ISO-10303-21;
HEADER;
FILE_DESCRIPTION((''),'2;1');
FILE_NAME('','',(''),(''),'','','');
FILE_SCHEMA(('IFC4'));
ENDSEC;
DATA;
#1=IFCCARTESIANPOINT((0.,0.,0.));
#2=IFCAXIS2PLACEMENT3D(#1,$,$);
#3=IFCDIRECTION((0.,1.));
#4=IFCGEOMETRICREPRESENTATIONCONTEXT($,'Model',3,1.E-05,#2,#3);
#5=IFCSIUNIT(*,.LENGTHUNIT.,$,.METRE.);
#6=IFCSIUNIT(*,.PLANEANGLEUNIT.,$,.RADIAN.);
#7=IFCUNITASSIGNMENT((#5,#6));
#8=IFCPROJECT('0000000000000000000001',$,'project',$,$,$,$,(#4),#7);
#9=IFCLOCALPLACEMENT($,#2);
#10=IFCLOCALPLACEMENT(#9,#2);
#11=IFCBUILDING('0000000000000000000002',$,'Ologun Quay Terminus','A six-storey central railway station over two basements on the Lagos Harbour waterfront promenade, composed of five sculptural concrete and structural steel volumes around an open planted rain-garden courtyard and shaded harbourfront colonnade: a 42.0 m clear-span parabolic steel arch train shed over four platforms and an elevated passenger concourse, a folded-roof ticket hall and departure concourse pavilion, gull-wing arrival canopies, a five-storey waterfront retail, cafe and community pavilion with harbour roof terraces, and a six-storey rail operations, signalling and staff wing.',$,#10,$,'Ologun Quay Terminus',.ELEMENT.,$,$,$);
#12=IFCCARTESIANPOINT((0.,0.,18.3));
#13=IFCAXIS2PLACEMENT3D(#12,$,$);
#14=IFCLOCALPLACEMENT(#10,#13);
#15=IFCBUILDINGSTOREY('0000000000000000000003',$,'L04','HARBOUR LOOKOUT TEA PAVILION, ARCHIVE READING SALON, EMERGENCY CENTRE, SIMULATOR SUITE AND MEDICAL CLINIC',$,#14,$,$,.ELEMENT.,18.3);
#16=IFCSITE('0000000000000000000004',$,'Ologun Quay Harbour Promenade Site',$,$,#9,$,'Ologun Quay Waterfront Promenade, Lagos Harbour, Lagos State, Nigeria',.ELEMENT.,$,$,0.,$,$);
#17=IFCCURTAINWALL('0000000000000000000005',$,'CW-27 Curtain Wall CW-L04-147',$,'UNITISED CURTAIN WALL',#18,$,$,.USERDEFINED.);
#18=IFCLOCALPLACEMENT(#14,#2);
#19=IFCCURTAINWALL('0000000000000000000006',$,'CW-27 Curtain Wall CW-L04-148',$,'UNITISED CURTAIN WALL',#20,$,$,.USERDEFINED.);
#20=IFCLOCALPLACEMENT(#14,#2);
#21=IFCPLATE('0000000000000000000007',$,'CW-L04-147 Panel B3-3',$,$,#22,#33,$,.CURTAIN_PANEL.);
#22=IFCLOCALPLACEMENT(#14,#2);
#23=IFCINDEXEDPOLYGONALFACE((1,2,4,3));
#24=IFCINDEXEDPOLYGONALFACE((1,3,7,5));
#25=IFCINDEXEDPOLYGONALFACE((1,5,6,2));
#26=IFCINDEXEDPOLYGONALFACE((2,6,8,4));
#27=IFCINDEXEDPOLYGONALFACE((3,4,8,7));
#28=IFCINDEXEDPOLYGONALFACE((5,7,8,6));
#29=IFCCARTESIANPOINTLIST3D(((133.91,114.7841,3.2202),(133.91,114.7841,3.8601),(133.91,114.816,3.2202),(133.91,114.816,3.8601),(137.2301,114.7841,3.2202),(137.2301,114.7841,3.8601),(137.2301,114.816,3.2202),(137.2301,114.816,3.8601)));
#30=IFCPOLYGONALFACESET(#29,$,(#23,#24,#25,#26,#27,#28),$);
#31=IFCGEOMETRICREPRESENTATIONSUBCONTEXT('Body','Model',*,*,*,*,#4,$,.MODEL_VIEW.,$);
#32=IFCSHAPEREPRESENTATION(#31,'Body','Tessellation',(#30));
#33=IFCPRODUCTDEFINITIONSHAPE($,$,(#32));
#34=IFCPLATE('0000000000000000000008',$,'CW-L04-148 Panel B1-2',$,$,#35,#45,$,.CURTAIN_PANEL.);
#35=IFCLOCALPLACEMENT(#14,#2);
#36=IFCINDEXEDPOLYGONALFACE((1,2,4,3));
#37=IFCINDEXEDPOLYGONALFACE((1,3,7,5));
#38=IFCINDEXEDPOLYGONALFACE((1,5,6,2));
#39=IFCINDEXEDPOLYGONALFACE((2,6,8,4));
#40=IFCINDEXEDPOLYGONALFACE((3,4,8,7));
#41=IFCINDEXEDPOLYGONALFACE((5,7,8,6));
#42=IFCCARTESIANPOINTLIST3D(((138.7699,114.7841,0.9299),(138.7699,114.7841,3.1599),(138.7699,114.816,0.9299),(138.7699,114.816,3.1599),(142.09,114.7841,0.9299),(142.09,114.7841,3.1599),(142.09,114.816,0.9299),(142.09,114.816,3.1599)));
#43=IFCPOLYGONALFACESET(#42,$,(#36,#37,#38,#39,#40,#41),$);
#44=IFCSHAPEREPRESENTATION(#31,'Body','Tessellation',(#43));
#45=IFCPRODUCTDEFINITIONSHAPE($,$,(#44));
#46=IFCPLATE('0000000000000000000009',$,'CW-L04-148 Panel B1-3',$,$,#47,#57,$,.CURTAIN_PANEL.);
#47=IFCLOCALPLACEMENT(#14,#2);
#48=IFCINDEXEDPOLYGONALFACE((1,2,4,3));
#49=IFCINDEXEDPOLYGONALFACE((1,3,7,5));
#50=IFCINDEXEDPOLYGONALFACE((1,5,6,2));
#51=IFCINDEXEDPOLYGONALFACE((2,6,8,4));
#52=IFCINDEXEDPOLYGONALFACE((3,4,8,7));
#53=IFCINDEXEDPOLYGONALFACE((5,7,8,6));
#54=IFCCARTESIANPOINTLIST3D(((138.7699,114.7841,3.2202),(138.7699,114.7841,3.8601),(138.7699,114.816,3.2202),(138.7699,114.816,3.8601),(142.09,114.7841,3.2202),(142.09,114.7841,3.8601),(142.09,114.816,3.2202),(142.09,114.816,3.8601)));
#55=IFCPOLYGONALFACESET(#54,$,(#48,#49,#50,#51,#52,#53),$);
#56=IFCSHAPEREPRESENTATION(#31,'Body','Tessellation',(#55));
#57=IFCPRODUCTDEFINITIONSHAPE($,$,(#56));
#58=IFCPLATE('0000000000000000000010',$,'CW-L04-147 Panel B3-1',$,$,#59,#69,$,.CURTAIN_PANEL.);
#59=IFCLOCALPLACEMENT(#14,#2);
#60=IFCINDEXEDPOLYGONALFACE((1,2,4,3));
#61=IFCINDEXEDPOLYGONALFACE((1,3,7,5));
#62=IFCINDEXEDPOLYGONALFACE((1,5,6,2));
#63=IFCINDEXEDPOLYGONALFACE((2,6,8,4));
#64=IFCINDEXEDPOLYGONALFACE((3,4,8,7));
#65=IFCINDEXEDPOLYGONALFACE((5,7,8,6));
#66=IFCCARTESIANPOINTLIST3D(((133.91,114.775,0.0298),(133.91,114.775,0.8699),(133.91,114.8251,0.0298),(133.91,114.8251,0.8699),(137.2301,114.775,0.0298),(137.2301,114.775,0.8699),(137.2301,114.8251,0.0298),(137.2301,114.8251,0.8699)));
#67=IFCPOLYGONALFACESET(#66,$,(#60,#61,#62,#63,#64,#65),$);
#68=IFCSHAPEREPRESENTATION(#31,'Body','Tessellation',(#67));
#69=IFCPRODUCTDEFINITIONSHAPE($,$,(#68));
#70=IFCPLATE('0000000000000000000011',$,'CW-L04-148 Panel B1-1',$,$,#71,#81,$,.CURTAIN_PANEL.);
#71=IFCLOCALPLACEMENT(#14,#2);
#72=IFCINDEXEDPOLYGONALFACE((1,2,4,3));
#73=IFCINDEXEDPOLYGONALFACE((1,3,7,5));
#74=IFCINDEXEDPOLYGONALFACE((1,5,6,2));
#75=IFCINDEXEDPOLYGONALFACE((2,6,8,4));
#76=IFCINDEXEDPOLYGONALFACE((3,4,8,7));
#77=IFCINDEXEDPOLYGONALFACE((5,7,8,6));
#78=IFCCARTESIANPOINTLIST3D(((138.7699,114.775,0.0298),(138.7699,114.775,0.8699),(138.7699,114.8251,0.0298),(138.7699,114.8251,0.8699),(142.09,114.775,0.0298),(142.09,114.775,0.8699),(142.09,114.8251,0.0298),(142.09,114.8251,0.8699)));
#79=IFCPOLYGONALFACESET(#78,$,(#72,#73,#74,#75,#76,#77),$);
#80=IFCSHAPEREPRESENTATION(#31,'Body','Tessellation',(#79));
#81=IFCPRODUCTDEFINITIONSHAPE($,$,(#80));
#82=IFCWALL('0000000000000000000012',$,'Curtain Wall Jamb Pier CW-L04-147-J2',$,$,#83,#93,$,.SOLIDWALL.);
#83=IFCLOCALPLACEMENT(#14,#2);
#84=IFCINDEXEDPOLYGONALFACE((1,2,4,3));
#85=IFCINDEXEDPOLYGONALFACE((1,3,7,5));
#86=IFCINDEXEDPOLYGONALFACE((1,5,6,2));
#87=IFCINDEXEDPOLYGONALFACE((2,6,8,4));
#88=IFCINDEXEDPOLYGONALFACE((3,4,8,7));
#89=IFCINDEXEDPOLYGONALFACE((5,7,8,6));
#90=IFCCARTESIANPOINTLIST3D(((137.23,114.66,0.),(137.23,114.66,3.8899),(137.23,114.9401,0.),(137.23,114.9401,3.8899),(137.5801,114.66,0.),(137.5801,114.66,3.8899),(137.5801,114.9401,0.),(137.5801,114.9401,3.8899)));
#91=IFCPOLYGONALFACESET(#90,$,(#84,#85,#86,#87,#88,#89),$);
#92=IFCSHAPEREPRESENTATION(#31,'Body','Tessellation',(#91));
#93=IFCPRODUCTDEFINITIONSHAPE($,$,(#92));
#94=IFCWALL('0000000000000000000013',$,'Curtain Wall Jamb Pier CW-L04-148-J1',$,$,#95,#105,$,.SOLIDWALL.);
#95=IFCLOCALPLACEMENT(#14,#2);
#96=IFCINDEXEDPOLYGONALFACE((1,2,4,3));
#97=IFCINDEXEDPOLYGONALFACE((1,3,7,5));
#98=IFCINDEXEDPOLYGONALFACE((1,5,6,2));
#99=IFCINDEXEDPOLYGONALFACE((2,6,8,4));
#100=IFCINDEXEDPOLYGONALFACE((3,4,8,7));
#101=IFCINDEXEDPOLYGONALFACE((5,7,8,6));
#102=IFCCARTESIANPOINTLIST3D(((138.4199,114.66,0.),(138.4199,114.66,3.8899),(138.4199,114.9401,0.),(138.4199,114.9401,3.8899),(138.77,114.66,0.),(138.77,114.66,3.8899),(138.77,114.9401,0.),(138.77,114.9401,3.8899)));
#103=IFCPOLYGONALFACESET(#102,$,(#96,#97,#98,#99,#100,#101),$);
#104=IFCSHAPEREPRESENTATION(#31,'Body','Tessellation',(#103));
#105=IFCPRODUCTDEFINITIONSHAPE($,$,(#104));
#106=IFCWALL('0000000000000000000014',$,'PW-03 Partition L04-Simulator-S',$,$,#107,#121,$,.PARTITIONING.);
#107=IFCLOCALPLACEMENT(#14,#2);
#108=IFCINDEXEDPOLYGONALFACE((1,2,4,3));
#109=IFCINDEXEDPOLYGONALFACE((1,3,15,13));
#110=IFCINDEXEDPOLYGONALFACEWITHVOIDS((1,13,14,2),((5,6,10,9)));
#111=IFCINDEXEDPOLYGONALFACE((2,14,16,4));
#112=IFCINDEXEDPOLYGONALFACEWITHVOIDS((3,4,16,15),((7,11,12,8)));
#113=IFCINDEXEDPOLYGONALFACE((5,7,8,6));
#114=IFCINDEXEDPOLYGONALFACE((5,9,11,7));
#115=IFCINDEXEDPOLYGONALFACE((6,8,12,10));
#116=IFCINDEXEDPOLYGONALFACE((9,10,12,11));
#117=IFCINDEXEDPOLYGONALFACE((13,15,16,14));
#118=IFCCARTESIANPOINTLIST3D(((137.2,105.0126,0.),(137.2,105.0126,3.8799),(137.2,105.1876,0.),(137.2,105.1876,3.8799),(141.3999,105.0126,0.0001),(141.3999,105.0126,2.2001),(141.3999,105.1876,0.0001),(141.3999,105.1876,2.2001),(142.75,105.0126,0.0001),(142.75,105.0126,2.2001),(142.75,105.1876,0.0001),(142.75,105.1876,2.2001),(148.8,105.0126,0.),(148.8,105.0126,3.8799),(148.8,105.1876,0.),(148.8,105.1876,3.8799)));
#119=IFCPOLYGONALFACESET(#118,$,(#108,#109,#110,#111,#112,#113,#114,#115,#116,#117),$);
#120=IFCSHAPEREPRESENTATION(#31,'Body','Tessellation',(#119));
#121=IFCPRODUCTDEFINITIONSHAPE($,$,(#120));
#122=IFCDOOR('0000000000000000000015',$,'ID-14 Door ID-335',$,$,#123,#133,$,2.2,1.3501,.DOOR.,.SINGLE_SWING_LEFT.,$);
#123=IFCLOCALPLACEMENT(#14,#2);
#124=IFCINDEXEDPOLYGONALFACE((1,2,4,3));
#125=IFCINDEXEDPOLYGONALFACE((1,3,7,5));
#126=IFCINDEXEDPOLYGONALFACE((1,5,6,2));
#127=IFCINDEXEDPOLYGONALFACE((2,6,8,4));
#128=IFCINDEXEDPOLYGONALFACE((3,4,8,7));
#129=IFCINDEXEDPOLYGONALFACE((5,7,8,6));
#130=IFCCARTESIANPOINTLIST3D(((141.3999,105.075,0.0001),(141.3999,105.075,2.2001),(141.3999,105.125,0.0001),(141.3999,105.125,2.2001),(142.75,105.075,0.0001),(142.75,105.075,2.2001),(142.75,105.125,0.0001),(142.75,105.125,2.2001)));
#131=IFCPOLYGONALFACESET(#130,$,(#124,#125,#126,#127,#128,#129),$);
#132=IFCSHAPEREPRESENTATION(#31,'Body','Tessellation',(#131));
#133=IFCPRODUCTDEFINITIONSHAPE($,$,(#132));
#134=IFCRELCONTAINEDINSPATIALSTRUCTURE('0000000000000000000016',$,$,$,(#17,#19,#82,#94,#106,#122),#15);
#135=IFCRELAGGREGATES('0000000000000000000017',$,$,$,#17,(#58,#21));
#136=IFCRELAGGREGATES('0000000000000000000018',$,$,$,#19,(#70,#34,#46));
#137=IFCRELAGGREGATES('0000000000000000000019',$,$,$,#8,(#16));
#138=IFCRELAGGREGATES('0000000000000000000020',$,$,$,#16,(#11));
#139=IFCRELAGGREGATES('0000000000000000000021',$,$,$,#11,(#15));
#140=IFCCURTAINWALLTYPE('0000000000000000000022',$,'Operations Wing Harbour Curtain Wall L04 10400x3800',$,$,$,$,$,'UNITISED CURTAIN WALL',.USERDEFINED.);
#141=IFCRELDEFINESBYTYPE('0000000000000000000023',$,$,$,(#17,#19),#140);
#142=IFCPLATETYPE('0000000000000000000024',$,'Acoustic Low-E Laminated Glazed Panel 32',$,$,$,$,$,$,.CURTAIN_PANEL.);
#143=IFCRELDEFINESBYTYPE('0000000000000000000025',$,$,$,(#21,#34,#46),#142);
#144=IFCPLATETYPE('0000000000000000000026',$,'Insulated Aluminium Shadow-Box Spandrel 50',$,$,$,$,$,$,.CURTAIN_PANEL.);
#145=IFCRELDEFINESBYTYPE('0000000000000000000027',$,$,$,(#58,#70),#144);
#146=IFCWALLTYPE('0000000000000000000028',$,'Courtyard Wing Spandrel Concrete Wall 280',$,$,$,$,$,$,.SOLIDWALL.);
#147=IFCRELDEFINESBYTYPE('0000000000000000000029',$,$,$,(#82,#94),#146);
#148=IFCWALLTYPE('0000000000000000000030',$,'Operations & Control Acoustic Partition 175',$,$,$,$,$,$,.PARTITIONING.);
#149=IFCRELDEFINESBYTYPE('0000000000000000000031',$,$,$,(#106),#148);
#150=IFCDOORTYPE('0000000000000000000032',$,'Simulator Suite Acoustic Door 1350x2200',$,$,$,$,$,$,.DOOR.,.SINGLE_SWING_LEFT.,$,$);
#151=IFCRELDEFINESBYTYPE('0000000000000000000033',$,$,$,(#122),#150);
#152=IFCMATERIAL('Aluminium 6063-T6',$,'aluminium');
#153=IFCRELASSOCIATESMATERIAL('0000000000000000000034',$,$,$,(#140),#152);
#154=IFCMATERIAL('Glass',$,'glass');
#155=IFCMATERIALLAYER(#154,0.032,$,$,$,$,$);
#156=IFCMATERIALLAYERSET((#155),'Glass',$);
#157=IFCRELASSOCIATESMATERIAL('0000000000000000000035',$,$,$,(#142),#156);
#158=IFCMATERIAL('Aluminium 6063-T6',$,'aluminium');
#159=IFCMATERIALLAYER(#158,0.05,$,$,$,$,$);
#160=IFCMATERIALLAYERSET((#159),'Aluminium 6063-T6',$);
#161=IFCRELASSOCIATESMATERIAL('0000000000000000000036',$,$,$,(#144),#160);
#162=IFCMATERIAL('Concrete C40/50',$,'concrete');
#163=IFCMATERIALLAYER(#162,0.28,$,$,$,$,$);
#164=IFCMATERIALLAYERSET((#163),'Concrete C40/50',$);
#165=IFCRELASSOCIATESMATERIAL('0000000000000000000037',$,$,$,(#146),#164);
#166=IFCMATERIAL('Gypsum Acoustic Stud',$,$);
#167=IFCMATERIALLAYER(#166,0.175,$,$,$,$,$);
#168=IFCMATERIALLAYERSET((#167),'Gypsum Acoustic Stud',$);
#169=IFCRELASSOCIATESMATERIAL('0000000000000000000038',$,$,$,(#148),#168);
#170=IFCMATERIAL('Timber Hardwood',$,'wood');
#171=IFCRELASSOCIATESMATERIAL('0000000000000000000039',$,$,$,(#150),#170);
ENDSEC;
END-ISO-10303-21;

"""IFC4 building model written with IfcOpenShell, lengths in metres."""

from ifc_helpers import new_model, si_unit, direction, frame, frame_2d, origin, origin_2d, place, context, subcontext, project, spatial, rectangle, extrude, material, layer, layer_set, type_object, element, fill, aggregate, save


model = new_model("IFC4")

# Units and contexts
model_context = context("Model", 3, precision=1e-05, world=origin(), true_north=direction((0.0, 1.0)))
body_context = subcontext(model_context, "Body", "Model", "MODEL_VIEW")
ifc_project = project(units=[si_unit("LENGTHUNIT", "METRE"), si_unit("PLANEANGLEUNIT", "RADIAN")], contexts=[model_context])

# Site, building, storey
site_placement = place(None, origin())
site = spatial("IfcSite", under=ifc_project, at=site_placement, Name="Ologun Quay Harbour Promenade Site", LongName="Ologun Quay Waterfront Promenade, Lagos Harbour, Lagos State, Nigeria", CompositionType="ELEMENT", RefElevation=0.0)
building_placement = place(site_placement, origin())
building = spatial("IfcBuilding", under=site, at=building_placement, Name="Ologun Quay Terminus", Description="A six-storey central railway station over two basements on the Lagos Harbour waterfront promenade, composed of five sculptural concrete and structural steel volumes around an open planted rain-garden courtyard and shaded harbourfront colonnade: a 42.0 m clear-span parabolic steel arch train shed over four platforms and an elevated passenger concourse, a folded-roof ticket hall and departure concourse pavilion, gull-wing arrival canopies, a five-storey waterfront retail, cafe and community pavilion with harbour roof terraces, and a six-storey rail operations, signalling and staff wing.", LongName="Ologun Quay Terminus", CompositionType="ELEMENT")
storey_placement = place(building_placement, frame((0.0, 0.0, 18.3)))
storey = spatial("IfcBuildingStorey", under=building, at=storey_placement, Name="L04", Description="HARBOUR LOOKOUT TEA PAVILION, ARCHIVE READING SALON, EMERGENCY CENTRE, SIMULATOR SUITE AND MEDICAL CLINIC", CompositionType="ELEMENT", Elevation=18.3)

# Curtain wall
ifc_material_1 = material(Name="Aluminium 6063-T6", Category="aluminium")
curtain_wall_type = type_object("IfcCurtainWallType", Name="Operations Wing Harbour Curtain Wall L04 10400x3800", ElementType="UNITISED CURTAIN WALL", PredefinedType="USERDEFINED", material=ifc_material_1)
curtain_wall_1_placement = place(storey_placement, origin())
curtain_wall_1 = element("IfcCurtainWall", 1, at=curtain_wall_1_placement, inside=storey, type_object=curtain_wall_type, Name="CW-27 Curtain Wall CW-L04-147", ObjectType="UNITISED CURTAIN WALL", PredefinedType="USERDEFINED")

# Curtain wall
curtain_wall_2_placement = place(storey_placement, origin())
curtain_wall_2 = element("IfcCurtainWall", 2, at=curtain_wall_2_placement, inside=storey, type_object=curtain_wall_type, Name="CW-27 Curtain Wall CW-L04-148", ObjectType="UNITISED CURTAIN WALL", PredefinedType="USERDEFINED")

# Plates
ifc_material_2 = material(Name="Glass", Category="glass")
ifc_layer_1 = layer(ifc_material_2, 0.032)
ifc_layer_set_1 = layer_set([ifc_layer_1], Name="Glass")
plate_type_1 = type_object("IfcPlateType", Name="Acoustic Low-E Laminated Glazed Panel 32", PredefinedType="CURTAIN_PANEL", material=ifc_layer_set_1)
plate_1_placement = place(storey_placement, frame((135.5701, 114.8, 3.2202), z_axis=(0.0, 0.0, 1.0), x_axis=(1.0, 0.0, 0.0)))
plate_1 = element("IfcPlate", 3, at=plate_1_placement, type_object=plate_type_1, Name="CW-L04-147 Panel B3-3", PredefinedType="CURTAIN_PANEL", context=body_context, shape_type="SweptSolid", body=[
    extrude(rectangle(XDim=3.3201, YDim=0.032, at=origin_2d()), origin(), (0.0, 0.0, 1.0), 0.6399),
])
plate_2_placement = place(storey_placement, frame((140.4299, 114.8, 0.9299), z_axis=(0.0, 0.0, 1.0), x_axis=(1.0, 0.0, 0.0)))
plate_2 = element("IfcPlate", 4, at=plate_2_placement, type_object=plate_type_1, Name="CW-L04-148 Panel B1-2", PredefinedType="CURTAIN_PANEL", context=body_context, shape_type="SweptSolid", body=[
    extrude(rectangle(XDim=3.3201, YDim=0.032, at=origin_2d()), origin(), (0.0, 0.0, 1.0), 2.23),
])
plate_3_placement = place(storey_placement, frame((140.4299, 114.8, 3.2202), z_axis=(0.0, 0.0, 1.0), x_axis=(1.0, 0.0, 0.0)))
plate_3 = element("IfcPlate", 5, at=plate_3_placement, type_object=plate_type_1, Name="CW-L04-148 Panel B1-3", PredefinedType="CURTAIN_PANEL", context=body_context, shape_type="SweptSolid", body=[
    extrude(rectangle(XDim=3.3201, YDim=0.032, at=origin_2d()), origin(), (0.0, 0.0, 1.0), 0.6399),
])
ifc_material_3 = material(Name="Aluminium 6063-T6", Category="aluminium")
ifc_layer_2 = layer(ifc_material_3, 0.05)
ifc_layer_set_2 = layer_set([ifc_layer_2], Name="Aluminium 6063-T6")
plate_type_2 = type_object("IfcPlateType", Name="Insulated Aluminium Shadow-Box Spandrel 50", PredefinedType="CURTAIN_PANEL", material=ifc_layer_set_2)
plate_4_placement = place(storey_placement, frame((135.5701, 114.8, 0.0298), z_axis=(0.0, 0.0, 1.0), x_axis=(1.0, 0.0, 0.0)))
plate_4 = element("IfcPlate", 6, at=plate_4_placement, type_object=plate_type_2, Name="CW-L04-147 Panel B3-1", PredefinedType="CURTAIN_PANEL", context=body_context, shape_type="SweptSolid", body=[
    extrude(rectangle(XDim=3.3201, YDim=0.05, at=origin_2d()), origin(), (0.0, 0.0, 1.0), 0.8401),
])
aggregate(curtain_wall_1, [plate_4, plate_1])
plate_5_placement = place(storey_placement, frame((140.4299, 114.8, 0.0298), z_axis=(0.0, 0.0, 1.0), x_axis=(1.0, 0.0, 0.0)))
plate_5 = element("IfcPlate", 7, at=plate_5_placement, type_object=plate_type_2, Name="CW-L04-148 Panel B1-1", PredefinedType="CURTAIN_PANEL", context=body_context, shape_type="SweptSolid", body=[
    extrude(rectangle(XDim=3.3201, YDim=0.05, at=origin_2d()), origin(), (0.0, 0.0, 1.0), 0.8401),
])
aggregate(curtain_wall_2, [plate_5, plate_2, plate_3])

# Walls
ifc_material_4 = material(Name="Concrete C40/50", Category="concrete")
ifc_layer_3 = layer(ifc_material_4, 0.28)
ifc_layer_set_3 = layer_set([ifc_layer_3], Name="Concrete C40/50")
wall_type_1 = type_object("IfcWallType", Name="Courtyard Wing Spandrel Concrete Wall 280", PredefinedType="SOLIDWALL", material=ifc_layer_set_3)
for number, where, z_axis, x_axis, name in (
    (8, (137.23, 114.8, 0.0), (0.0, 0.0, 1.0), (1.0, 0.0, 0.0), "Curtain Wall Jamb Pier CW-L04-147-J2"),
    (9, (138.4199, 114.8, 0.0), (0.0, 0.0, 1.0), (1.0, 0.0, 0.0), "Curtain Wall Jamb Pier CW-L04-148-J1"),
):
    element("IfcWall", number, at=place(storey_placement, frame(where, z_axis=z_axis, x_axis=x_axis)), inside=storey, type_object=wall_type_1, Name=name, PredefinedType="SOLIDWALL", context=body_context, shape_type="SweptSolid", body=[
        extrude(rectangle(XDim=0.3501, YDim=0.28, at=frame_2d((0.175, 0.0))), origin(), (0.0, 0.0, 1.0), 3.8899),
    ])

# Wall, opening, door
ifc_material_5 = material(Name="Gypsum Acoustic Stud")
ifc_layer_4 = layer(ifc_material_5, 0.175)
ifc_layer_set_4 = layer_set([ifc_layer_4], Name="Gypsum Acoustic Stud")
wall_type_2 = type_object("IfcWallType", Name="Operations & Control Acoustic Partition 175", PredefinedType="PARTITIONING", material=ifc_layer_set_4)
wall_placement = place(storey_placement, frame((137.2, 105.1001, 0.0), z_axis=(0.0, 0.0, 1.0), x_axis=(1.0, 0.0, 0.0)))
wall = element("IfcWall", 10, at=wall_placement, inside=storey, type_object=wall_type_2, Name="PW-03 Partition L04-Simulator-S", PredefinedType="PARTITIONING", context=body_context, shape_type="SweptSolid", body=[
    extrude(rectangle(XDim=11.6001, YDim=0.175, at=frame_2d((5.8, 0.0))), origin(), (0.0, 0.0, 1.0), 3.8799),
])
opening_placement = place(wall_placement, frame((4.2, 0.0, 0.0)))
opening = element("IfcOpeningElement", 11, at=opening_placement, cuts=wall, PredefinedType="OPENING", context=body_context, shape_type="SweptSolid", body=[
    extrude(rectangle(XDim=1.3501, YDim=2.2, at=frame_2d((0.675, 1.1001))), frame((0.0, 0.0977, 0.0), z_axis=(0.0, -1.0, 0.0), x_axis=(1.0, 0.0, 0.0)), (0.0, 0.0, 1.0), 0.1951),
])
ifc_material_6 = material(Name="Timber Hardwood", Category="wood")
door_type = type_object("IfcDoorType", Name="Simulator Suite Acoustic Door 1350x2200", OperationType="SINGLE_SWING_LEFT", PredefinedType="DOOR", material=ifc_material_6)
door_placement = place(opening_placement, origin())
door = element("IfcDoor", 12, at=door_placement, inside=storey, type_object=door_type, Name="ID-14 Door ID-335", OperationType="SINGLE_SWING_LEFT", OverallHeight=2.2, OverallWidth=1.3501, PredefinedType="DOOR", context=body_context, shape_type="SweptSolid", body=[
    extrude(rectangle(XDim=1.3501, YDim=2.2, at=frame_2d((0.675, 1.1001))), frame((0.0, 0.0249, 0.0), z_axis=(0.0, -1.0, 0.0), x_axis=(1.0, 0.0, 0.0)), (0.0, 0.0, 1.0), 0.05),
])
fill(opening, door)

save(model, "model.ifc")
